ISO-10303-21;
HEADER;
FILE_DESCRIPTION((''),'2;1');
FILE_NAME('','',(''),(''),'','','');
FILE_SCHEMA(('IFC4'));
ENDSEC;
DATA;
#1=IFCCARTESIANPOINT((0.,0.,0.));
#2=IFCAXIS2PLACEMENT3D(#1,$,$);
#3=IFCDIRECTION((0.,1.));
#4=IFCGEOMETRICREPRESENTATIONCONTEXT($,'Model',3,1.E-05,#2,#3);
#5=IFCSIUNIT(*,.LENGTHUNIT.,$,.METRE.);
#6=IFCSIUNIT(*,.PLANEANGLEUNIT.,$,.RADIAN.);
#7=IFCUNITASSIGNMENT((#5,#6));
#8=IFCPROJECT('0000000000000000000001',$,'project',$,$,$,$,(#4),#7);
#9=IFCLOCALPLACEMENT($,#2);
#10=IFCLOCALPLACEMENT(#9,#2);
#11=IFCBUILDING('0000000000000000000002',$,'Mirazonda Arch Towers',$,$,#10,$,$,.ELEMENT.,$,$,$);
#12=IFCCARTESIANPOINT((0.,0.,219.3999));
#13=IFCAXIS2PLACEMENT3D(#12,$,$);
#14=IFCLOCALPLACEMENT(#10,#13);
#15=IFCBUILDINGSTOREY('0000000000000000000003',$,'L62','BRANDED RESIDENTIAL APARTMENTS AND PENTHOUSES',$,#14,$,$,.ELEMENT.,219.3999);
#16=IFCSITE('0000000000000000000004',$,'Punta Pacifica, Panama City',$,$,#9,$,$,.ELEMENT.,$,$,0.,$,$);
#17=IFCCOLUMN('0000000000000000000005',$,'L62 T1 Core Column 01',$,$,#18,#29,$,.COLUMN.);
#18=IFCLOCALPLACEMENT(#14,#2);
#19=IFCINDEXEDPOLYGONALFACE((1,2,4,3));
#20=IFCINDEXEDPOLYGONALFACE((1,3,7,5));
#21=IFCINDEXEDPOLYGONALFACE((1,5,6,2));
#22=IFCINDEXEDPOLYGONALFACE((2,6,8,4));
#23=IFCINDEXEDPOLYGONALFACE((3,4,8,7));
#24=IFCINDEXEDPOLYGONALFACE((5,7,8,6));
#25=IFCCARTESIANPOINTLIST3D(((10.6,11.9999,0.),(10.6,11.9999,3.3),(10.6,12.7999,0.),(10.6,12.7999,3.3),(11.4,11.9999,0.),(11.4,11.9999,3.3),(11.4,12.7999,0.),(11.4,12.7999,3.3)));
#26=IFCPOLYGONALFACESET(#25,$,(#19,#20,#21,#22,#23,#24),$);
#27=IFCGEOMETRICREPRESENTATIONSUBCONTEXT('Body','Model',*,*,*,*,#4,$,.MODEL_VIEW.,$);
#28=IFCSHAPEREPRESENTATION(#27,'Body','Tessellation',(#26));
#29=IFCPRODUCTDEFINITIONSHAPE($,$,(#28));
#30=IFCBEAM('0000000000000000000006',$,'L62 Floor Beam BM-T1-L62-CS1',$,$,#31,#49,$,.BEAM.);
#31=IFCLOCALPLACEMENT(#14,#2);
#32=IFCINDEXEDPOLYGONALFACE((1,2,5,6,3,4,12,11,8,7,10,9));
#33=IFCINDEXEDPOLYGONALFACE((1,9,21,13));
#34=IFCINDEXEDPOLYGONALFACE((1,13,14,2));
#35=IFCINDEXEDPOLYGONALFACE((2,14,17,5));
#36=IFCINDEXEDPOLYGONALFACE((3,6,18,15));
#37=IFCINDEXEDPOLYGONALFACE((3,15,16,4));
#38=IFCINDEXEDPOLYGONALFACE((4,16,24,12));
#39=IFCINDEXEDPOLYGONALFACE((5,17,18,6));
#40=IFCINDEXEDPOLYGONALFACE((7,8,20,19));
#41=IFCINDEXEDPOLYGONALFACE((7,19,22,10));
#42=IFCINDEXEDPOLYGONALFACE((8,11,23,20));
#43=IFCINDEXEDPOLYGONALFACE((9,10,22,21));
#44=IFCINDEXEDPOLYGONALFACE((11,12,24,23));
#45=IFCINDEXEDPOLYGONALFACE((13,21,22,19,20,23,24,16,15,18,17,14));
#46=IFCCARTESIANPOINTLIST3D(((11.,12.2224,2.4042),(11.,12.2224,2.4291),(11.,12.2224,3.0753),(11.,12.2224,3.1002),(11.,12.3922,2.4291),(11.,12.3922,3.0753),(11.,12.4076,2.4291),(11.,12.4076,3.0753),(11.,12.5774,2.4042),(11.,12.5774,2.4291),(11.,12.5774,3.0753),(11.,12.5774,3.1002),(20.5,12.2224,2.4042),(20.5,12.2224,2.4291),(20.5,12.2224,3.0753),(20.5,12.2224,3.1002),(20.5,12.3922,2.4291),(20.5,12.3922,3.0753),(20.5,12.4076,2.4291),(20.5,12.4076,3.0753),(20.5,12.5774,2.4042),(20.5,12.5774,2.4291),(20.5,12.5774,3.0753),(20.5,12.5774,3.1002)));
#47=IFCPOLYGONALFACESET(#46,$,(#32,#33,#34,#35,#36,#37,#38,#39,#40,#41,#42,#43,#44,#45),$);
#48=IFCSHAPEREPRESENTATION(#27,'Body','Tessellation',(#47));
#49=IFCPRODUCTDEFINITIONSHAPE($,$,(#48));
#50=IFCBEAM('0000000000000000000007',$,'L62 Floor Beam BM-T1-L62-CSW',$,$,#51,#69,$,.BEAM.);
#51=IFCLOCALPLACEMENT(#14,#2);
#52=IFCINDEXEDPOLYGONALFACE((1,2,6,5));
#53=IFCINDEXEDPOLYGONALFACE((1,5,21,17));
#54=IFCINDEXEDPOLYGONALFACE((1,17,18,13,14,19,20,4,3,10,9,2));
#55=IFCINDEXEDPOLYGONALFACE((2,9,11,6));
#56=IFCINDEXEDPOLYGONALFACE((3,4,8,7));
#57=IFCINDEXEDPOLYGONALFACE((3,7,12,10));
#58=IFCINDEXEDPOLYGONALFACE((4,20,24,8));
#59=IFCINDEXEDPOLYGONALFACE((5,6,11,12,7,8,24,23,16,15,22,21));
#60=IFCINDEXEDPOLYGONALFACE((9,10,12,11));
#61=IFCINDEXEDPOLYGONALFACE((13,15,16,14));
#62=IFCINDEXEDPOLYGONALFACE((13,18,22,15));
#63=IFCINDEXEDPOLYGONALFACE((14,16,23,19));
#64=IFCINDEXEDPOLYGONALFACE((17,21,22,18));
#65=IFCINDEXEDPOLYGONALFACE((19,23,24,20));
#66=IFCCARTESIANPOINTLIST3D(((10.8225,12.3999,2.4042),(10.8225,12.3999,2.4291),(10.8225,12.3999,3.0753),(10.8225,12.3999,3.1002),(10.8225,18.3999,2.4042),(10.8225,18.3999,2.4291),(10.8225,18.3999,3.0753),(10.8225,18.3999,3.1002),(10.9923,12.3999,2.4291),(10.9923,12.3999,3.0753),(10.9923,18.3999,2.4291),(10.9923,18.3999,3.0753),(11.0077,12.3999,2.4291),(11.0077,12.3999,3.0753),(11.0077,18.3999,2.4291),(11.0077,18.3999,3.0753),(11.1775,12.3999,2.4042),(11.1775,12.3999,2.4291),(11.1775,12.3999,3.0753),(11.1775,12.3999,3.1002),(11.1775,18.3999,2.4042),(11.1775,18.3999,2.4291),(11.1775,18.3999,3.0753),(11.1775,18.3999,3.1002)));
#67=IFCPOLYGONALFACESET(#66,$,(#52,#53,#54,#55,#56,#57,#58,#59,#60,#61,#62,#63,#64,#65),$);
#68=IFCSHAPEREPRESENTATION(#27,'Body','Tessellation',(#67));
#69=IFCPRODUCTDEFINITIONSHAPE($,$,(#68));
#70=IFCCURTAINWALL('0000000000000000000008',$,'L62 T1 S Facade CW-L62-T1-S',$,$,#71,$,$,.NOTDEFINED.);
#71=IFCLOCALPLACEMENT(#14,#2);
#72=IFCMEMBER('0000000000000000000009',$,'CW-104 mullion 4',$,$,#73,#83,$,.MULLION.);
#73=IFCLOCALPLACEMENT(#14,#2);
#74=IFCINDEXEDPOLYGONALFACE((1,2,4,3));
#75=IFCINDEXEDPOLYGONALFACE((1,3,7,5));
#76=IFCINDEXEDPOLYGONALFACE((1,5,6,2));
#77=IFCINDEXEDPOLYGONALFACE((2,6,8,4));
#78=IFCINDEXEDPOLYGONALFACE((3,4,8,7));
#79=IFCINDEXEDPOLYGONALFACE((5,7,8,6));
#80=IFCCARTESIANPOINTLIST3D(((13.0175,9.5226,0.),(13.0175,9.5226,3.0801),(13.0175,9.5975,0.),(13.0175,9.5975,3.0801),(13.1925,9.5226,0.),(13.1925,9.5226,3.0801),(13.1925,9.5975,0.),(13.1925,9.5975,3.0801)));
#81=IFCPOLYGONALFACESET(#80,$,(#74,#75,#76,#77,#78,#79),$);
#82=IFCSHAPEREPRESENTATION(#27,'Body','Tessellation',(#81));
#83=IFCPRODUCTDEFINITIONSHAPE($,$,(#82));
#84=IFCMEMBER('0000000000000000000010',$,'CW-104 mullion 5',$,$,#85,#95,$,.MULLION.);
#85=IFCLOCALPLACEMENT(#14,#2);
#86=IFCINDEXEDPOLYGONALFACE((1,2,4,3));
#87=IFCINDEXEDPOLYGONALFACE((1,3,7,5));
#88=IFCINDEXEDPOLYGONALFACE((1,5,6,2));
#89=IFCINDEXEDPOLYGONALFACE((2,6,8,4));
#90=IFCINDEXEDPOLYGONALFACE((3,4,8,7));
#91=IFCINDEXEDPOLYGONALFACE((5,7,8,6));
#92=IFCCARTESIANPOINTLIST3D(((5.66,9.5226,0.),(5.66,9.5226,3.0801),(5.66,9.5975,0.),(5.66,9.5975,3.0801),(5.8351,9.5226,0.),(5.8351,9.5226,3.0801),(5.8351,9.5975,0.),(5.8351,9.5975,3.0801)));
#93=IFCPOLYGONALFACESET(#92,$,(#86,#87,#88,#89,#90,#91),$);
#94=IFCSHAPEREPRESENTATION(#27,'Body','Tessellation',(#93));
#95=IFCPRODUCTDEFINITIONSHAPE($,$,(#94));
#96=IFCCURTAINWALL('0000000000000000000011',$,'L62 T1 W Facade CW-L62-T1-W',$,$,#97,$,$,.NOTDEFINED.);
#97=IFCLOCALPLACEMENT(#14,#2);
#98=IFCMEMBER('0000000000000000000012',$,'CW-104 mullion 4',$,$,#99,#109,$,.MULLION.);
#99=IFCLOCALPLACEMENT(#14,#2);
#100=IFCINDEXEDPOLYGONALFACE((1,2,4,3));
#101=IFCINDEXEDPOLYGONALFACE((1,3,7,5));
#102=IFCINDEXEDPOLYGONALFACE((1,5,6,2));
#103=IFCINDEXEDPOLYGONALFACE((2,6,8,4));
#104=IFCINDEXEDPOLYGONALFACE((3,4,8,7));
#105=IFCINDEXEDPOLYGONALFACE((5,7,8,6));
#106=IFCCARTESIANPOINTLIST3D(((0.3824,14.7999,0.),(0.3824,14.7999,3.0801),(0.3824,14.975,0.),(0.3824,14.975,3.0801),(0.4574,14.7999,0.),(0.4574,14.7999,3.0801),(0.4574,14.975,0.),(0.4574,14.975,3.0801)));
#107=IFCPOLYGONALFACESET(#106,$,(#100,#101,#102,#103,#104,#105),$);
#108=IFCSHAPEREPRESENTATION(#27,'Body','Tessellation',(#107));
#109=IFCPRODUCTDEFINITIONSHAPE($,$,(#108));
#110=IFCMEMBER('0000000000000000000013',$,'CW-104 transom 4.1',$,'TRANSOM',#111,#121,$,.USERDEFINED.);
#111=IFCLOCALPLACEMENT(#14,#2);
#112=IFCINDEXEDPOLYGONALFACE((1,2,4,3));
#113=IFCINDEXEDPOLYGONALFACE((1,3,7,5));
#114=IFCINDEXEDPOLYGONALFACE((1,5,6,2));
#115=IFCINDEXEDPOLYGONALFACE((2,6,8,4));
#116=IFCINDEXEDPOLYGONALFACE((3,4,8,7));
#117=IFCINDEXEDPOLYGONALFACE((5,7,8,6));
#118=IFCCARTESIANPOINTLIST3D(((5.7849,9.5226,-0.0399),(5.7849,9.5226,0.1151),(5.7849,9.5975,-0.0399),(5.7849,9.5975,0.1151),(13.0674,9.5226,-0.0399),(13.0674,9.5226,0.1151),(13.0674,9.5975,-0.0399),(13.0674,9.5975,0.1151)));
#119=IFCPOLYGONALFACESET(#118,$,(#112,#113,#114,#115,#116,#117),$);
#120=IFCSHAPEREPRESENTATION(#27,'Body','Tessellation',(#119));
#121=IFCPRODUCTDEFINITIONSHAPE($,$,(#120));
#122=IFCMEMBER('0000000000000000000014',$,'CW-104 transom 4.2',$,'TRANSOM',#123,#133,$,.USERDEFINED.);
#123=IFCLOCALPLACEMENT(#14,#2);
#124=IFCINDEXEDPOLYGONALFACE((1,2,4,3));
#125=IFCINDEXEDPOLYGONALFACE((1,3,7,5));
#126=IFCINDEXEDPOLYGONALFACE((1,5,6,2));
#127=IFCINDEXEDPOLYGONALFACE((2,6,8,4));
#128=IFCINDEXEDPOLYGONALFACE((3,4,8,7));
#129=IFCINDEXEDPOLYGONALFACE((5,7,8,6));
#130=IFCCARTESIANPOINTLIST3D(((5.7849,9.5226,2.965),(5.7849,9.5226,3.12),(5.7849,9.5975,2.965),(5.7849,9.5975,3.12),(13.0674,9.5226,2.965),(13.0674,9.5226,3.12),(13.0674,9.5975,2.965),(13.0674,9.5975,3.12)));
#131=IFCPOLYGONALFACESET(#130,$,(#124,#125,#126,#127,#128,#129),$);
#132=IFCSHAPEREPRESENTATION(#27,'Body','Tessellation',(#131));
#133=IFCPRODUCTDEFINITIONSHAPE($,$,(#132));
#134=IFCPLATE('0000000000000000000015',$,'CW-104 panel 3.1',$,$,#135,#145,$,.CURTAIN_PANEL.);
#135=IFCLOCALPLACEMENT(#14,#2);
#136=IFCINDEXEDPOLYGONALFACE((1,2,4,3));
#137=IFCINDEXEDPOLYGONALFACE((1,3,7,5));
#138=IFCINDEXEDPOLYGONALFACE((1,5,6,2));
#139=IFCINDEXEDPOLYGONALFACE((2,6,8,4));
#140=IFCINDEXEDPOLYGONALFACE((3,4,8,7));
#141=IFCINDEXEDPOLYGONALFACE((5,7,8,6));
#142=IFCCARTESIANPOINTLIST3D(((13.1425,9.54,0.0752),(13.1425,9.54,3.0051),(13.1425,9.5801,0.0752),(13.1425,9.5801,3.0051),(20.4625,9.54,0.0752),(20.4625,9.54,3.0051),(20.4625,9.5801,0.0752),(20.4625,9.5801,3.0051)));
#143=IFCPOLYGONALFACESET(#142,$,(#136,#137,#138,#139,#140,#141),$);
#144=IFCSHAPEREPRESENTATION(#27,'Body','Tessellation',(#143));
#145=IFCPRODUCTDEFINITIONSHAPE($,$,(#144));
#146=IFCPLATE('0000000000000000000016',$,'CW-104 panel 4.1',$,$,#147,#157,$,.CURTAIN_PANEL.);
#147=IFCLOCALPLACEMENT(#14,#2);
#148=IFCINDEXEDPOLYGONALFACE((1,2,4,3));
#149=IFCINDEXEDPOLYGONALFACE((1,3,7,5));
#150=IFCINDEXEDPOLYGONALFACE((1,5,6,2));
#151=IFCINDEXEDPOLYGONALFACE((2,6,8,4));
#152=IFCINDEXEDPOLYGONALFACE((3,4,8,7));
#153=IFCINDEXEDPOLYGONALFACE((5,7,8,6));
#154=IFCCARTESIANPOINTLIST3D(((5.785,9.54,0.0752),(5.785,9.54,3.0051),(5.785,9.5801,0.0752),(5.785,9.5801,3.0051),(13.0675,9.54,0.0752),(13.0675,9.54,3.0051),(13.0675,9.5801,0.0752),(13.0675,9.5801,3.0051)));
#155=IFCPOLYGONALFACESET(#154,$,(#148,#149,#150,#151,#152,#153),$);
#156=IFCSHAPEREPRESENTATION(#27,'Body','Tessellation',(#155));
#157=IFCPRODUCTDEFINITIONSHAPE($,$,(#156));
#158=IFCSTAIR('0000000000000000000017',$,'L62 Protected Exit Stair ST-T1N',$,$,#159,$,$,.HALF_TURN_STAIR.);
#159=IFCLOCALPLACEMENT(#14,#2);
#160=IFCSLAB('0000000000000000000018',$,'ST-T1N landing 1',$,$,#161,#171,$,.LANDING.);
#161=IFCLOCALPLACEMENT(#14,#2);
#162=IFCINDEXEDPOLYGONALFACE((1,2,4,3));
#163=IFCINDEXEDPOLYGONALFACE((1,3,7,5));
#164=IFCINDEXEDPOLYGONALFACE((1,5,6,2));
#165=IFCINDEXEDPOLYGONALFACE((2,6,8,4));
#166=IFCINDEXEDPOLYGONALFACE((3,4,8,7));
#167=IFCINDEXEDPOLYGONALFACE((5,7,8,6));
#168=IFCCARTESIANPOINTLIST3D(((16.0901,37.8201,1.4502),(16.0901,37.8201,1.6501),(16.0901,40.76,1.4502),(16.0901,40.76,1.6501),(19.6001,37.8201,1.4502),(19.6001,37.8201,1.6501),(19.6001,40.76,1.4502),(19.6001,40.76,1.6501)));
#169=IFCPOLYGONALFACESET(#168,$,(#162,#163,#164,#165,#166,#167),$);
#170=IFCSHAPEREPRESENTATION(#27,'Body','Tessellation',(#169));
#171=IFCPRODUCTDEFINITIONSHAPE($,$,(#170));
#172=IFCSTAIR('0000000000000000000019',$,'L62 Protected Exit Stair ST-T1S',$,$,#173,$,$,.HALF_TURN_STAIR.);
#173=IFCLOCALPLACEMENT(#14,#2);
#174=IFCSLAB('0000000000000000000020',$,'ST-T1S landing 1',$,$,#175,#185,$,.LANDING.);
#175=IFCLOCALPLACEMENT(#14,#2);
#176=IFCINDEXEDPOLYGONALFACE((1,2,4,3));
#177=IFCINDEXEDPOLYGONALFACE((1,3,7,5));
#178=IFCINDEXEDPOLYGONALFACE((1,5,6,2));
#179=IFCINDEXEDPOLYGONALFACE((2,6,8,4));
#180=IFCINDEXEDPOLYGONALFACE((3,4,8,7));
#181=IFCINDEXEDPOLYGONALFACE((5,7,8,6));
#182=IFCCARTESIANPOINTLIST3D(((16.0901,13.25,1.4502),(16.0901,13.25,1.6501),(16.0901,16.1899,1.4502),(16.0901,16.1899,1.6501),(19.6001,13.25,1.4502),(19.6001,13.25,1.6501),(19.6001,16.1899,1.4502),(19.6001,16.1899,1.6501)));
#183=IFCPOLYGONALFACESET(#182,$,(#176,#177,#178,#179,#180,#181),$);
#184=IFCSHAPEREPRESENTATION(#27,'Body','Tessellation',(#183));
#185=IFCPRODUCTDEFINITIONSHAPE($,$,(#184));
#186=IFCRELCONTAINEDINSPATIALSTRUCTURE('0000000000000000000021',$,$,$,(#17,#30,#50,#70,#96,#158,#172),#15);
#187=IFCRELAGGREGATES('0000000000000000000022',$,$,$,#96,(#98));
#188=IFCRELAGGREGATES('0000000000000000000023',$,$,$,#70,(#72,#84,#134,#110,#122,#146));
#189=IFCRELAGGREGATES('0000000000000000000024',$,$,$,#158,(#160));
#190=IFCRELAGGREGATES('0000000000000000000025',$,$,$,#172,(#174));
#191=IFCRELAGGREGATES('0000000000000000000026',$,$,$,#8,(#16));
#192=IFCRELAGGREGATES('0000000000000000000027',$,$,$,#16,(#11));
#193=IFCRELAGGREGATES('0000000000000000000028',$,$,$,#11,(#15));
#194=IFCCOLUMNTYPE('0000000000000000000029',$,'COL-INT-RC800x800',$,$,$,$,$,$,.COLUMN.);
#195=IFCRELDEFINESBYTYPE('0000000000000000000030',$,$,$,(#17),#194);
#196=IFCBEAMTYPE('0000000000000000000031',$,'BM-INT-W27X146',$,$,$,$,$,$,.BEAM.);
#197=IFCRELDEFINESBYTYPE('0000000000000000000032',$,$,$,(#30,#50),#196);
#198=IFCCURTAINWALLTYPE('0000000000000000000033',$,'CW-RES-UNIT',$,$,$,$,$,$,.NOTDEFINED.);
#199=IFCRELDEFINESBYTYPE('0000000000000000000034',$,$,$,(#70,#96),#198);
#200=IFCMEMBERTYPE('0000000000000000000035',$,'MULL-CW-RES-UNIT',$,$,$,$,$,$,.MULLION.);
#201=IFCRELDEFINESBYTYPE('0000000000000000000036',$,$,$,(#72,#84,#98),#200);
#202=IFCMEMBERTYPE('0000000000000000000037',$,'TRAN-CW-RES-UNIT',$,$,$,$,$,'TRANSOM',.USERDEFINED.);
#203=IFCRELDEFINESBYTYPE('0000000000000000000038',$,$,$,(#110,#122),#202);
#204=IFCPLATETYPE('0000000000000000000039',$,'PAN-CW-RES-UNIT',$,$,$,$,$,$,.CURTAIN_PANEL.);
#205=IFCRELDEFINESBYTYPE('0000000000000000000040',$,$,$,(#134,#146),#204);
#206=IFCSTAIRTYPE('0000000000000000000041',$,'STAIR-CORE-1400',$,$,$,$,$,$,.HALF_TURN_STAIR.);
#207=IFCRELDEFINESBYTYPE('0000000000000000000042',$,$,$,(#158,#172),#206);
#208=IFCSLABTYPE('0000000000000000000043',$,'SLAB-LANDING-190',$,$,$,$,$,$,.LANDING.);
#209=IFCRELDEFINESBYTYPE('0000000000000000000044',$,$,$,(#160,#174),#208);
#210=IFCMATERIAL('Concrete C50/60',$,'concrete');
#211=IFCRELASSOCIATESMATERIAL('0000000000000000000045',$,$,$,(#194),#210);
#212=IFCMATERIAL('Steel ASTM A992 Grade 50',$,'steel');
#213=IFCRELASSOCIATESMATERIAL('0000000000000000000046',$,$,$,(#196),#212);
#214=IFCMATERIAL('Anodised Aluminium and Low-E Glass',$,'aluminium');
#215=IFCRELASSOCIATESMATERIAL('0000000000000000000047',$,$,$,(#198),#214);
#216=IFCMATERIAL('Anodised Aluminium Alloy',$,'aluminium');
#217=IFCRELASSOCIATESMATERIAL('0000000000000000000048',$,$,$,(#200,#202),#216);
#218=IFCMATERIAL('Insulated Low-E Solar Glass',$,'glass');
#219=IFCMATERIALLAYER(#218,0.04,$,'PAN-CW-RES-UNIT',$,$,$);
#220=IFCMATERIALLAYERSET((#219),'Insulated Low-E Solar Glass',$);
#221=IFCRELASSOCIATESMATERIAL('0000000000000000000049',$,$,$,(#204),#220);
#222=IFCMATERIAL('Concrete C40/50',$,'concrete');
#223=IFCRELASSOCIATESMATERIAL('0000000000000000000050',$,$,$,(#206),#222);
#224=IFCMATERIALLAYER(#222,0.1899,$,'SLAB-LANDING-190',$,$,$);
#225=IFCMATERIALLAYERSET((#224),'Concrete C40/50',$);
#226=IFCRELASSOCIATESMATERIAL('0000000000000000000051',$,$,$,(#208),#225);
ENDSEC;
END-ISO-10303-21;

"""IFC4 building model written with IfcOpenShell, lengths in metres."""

from ifc_helpers import new_model, si_unit, direction, frame, origin, origin_2d, place, context, subcontext, project, spatial, polyline, rectangle, i_section, outline, extrude, material, layer, layer_set, material_profile, profile_set, type_object, element, aggregate, save


model = new_model("IFC4")

# Units and contexts
model_context = context("Model", 3, precision=1e-05, world=origin(), true_north=direction((0.0, 1.0)))
body_context = subcontext(model_context, "Body", "Model", "MODEL_VIEW")
ifc_project = project(units=[si_unit("LENGTHUNIT", "METRE"), si_unit("PLANEANGLEUNIT", "RADIAN")], contexts=[model_context])

# Site, building, storey
site_placement = place(None, origin())
site = spatial("IfcSite", under=ifc_project, at=site_placement, Name="Punta Pacifica, Panama City", CompositionType="ELEMENT", RefElevation=0.0)
building_placement = place(site_placement, origin())
building = spatial("IfcBuilding", under=site, at=building_placement, Name="Mirazonda Arch Towers", CompositionType="ELEMENT")
storey_placement = place(building_placement, frame((0.0, 0.0, 219.3999)))
storey = spatial("IfcBuildingStorey", under=building, at=storey_placement, Name="L62", Description="BRANDED RESIDENTIAL APARTMENTS AND PENTHOUSES", CompositionType="ELEMENT", Elevation=219.3999)

# Column
ifc_material_1 = material(Name="Concrete C50/60", Category="concrete")
ifc_material_profile_1 = material_profile(ifc_material_1, rectangle(XDim=0.8, YDim=0.8, at=origin_2d()), Name="RC800x800")
ifc_profile_set_1 = profile_set([ifc_material_profile_1], Name="Concrete C50/60")
column_type = type_object("IfcColumnType", Name="COL-INT-RC800x800", PredefinedType="COLUMN", material=ifc_profile_set_1)
column_placement = place(storey_placement, frame((11.0, 12.3999, 0.0), z_axis=(0.0, 0.0, 1.0), x_axis=(1.0, 0.0, 0.0)))
element("IfcColumn", 1, at=column_placement, inside=storey, type_object=column_type, Name="L62 T1 Core Column 01", PredefinedType="COLUMN", context=body_context, shape_type="SweptSolid", body=[
    extrude(rectangle(XDim=0.8, YDim=0.8, at=origin_2d()), origin(), (0.0, 0.0, 1.0), 3.3),
])

# Beams
ifc_material_2 = material(Name="Steel ASTM A992 Grade 50", Category="steel")
ifc_material_profile_2 = material_profile(ifc_material_2, i_section(OverallWidth=0.355, OverallDepth=0.696, WebThickness=0.0154, FlangeThickness=0.0249, at=origin_2d()), Name="W27X146")
ifc_profile_set_2 = profile_set([ifc_material_profile_2], Name="Steel ASTM A992 Grade 50")
beam_type = type_object("IfcBeamType", Name="BM-INT-W27X146", PredefinedType="BEAM", material=ifc_profile_set_2)
beam_1_placement = place(storey_placement, frame((11.0, 12.3999, 2.7522), z_axis=(1.0, 0.0, 0.0), x_axis=(0.0, 1.0, 0.0)))
element("IfcBeam", 2, at=beam_1_placement, inside=storey, type_object=beam_type, Name="L62 Floor Beam BM-T1-L62-CS1", PredefinedType="BEAM", context=body_context, shape_type="SweptSolid", body=[
    extrude(i_section(OverallWidth=0.355, OverallDepth=0.696, WebThickness=0.0154, FlangeThickness=0.0249, at=origin_2d()), origin(), (0.0, 0.0, 1.0), 9.5),
])
beam_2_placement = place(storey_placement, frame((11.0, 12.3999, 2.7522), z_axis=(0.0, 1.0, 0.0), x_axis=(-1.0, 0.0, 0.0)))
element("IfcBeam", 3, at=beam_2_placement, inside=storey, type_object=beam_type, Name="L62 Floor Beam BM-T1-L62-CSW", PredefinedType="BEAM", context=body_context, shape_type="SweptSolid", body=[
    extrude(i_section(OverallWidth=0.355, OverallDepth=0.696, WebThickness=0.0154, FlangeThickness=0.0249, at=origin_2d()), origin(), (0.0, 0.0, 1.0), 6.0),
])

# Curtain wall, members
ifc_material_3 = material(Name="Anodised Aluminium and Low-E Glass", Category="aluminium")
curtain_wall_type = type_object("IfcCurtainWallType", Name="CW-RES-UNIT", PredefinedType="NOTDEFINED", material=ifc_material_3)
curtain_wall_1_placement = place(storey_placement, origin())
curtain_wall_1 = element("IfcCurtainWall", 4, at=curtain_wall_1_placement, inside=storey, type_object=curtain_wall_type, Name="L62 T1 S Facade CW-L62-T1-S", PredefinedType="NOTDEFINED")
ifc_material_4 = material(Name="Anodised Aluminium Alloy", Category="aluminium")
ifc_material_profile_3 = material_profile(ifc_material_4, rectangle(XDim=0.075, YDim=0.175, at=origin_2d()), Name="ALU-MULL-75x175")
ifc_profile_set_3 = profile_set([ifc_material_profile_3], Name="Anodised Aluminium Alloy")
member_type_1 = type_object("IfcMemberType", Name="MULL-CW-RES-UNIT", PredefinedType="MULLION", material=ifc_profile_set_3)
member_1_placement = place(storey_placement, frame((13.105, 9.5601, 0.0), z_axis=(0.0, 0.0, 1.0), x_axis=(0.0, -1.0, 0.0)))
member_1 = element("IfcMember", 5, at=member_1_placement, type_object=member_type_1, Name="CW-104 mullion 4", PredefinedType="MULLION", context=body_context, shape_type="SweptSolid", body=[
    extrude(rectangle(XDim=0.075, YDim=0.175, at=origin_2d()), origin(), (0.0, 0.0, 1.0), 3.0801),
])
member_2_placement = place(storey_placement, frame((5.7476, 9.5601, 0.0), z_axis=(0.0, 0.0, 1.0), x_axis=(0.0, -1.0, 0.0)))
member_2 = element("IfcMember", 6, at=member_2_placement, type_object=member_type_1, Name="CW-104 mullion 5", PredefinedType="MULLION", context=body_context, shape_type="SweptSolid", body=[
    extrude(rectangle(XDim=0.075, YDim=0.175, at=origin_2d()), origin(), (0.0, 0.0, 1.0), 3.0801),
])

# Curtain wall, member
curtain_wall_2_placement = place(storey_placement, origin())
curtain_wall_2 = element("IfcCurtainWall", 7, at=curtain_wall_2_placement, inside=storey, type_object=curtain_wall_type, Name="L62 T1 W Facade CW-L62-T1-W", PredefinedType="NOTDEFINED")
member_3_placement = place(storey_placement, frame((0.4199, 14.8875, 0.0), z_axis=(0.0, 0.0, 1.0), x_axis=(1.0, 0.0, 0.0)))
member_3 = element("IfcMember", 8, at=member_3_placement, type_object=member_type_1, Name="CW-104 mullion 4", PredefinedType="MULLION", context=body_context, shape_type="SweptSolid", body=[
    extrude(rectangle(XDim=0.075, YDim=0.175, at=origin_2d()), origin(), (0.0, 0.0, 1.0), 3.0801),
])
aggregate(curtain_wall_2, [member_3])

# Members
ifc_material_profile_4 = material_profile(ifc_material_4, rectangle(XDim=0.075, YDim=0.155, at=origin_2d()), Name="ALU-TRAN-75x155")
ifc_profile_set_4 = profile_set([ifc_material_profile_4], Name="Anodised Aluminium Alloy")
member_type_2 = type_object("IfcMemberType", Name="TRAN-CW-RES-UNIT", ElementType="TRANSOM", PredefinedType="USERDEFINED", material=ifc_profile_set_4)
member_4_placement = place(storey_placement, frame((13.0674, 9.5601, 0.0376), z_axis=(-1.0, 0.0, 0.0), x_axis=(0.0, -1.0, 0.0)))
member_4 = element("IfcMember", 9, at=member_4_placement, type_object=member_type_2, Name="CW-104 transom 4.1", ObjectType="TRANSOM", PredefinedType="USERDEFINED", context=body_context, shape_type="SweptSolid", body=[
    extrude(rectangle(XDim=0.075, YDim=0.155, at=origin_2d()), origin(), (0.0, 0.0, 1.0), 7.2825),
])
member_5_placement = place(storey_placement, frame((13.0674, 9.5601, 3.0425), z_axis=(-1.0, 0.0, 0.0), x_axis=(0.0, -1.0, 0.0)))
member_5 = element("IfcMember", 10, at=member_5_placement, type_object=member_type_2, Name="CW-104 transom 4.2", ObjectType="TRANSOM", PredefinedType="USERDEFINED", context=body_context, shape_type="SweptSolid", body=[
    extrude(rectangle(XDim=0.075, YDim=0.155, at=origin_2d()), origin(), (0.0, 0.0, 1.0), 7.2825),
])

# Plates
ifc_material_5 = material(Name="Insulated Low-E Solar Glass", Category="glass")
ifc_layer_1 = layer(ifc_material_5, 0.04, Name="PAN-CW-RES-UNIT")
ifc_layer_set_1 = layer_set([ifc_layer_1], Name="Insulated Low-E Solar Glass")
plate_type = type_object("IfcPlateType", Name="PAN-CW-RES-UNIT", PredefinedType="CURTAIN_PANEL", material=ifc_layer_set_1)
plate_1_placement = place(storey_placement, frame((16.8025, 9.5601, 0.0752), z_axis=(0.0, 0.0, 1.0), x_axis=(-1.0, 0.0, 0.0)))
plate_1 = element("IfcPlate", 11, at=plate_1_placement, type_object=plate_type, Name="CW-104 panel 3.1", PredefinedType="CURTAIN_PANEL", context=body_context, shape_type="SweptSolid", body=[
    extrude(rectangle(XDim=7.3201, YDim=0.04, at=origin_2d()), origin(), (0.0, 0.0, 1.0), 2.9299),
])
plate_2_placement = place(storey_placement, frame((9.4263, 9.5601, 0.0752), z_axis=(0.0, 0.0, 1.0), x_axis=(-1.0, 0.0, 0.0)))
plate_2 = element("IfcPlate", 12, at=plate_2_placement, type_object=plate_type, Name="CW-104 panel 4.1", PredefinedType="CURTAIN_PANEL", context=body_context, shape_type="SweptSolid", body=[
    extrude(rectangle(XDim=7.2825, YDim=0.04, at=origin_2d()), origin(), (0.0, 0.0, 1.0), 2.9299),
])
aggregate(curtain_wall_1, [member_1, member_2, plate_1, member_4, member_5, plate_2])

# Stairs, slabs
ifc_material_6 = material(Name="Concrete C40/50", Category="concrete")
stair_type = type_object("IfcStairType", Name="STAIR-CORE-1400", PredefinedType="HALF_TURN_STAIR", material=ifc_material_6)
stair_1_placement = place(storey_placement, origin())
stair_1 = element("IfcStair", 13, at=stair_1_placement, inside=storey, type_object=stair_type, Name="L62 Protected Exit Stair ST-T1N", PredefinedType="HALF_TURN_STAIR")
ifc_layer_2 = layer(ifc_material_6, 0.1899, Name="SLAB-LANDING-190")
ifc_layer_set_2 = layer_set([ifc_layer_2], Name="Concrete C40/50")
slab_type_1 = type_object("IfcSlabType", Name="SLAB-LANDING-190", PredefinedType="LANDING", material=ifc_layer_set_2)
slab_1_placement = place(storey_placement, frame((0.0, 0.0, 1.4502)))
slab_1 = element("IfcSlab", 14, at=slab_1_placement, type_object=slab_type_1, Name="ST-T1N landing 1", PredefinedType="LANDING", context=body_context, shape_type="SweptSolid", body=[
    extrude(outline(polyline([(16.0901, 37.8201), (19.6001, 37.8201), (19.6001, 40.76), (16.0901, 40.76), (16.0901, 37.8201)])), origin(), (0.0, 0.0, 1.0), 0.2),
])
aggregate(stair_1, [slab_1])
stair_2_placement = place(storey_placement, origin())
stair_2 = element("IfcStair", 15, at=stair_2_placement, inside=storey, type_object=stair_type, Name="L62 Protected Exit Stair ST-T1S", PredefinedType="HALF_TURN_STAIR")
slab_2_placement = place(storey_placement, frame((0.0, 0.0, 1.4502)))
slab_2 = element("IfcSlab", 16, at=slab_2_placement, type_object=slab_type_1, Name="ST-T1S landing 1", PredefinedType="LANDING", context=body_context, shape_type="SweptSolid", body=[
    extrude(outline(polyline([(16.0901, 13.25), (19.6001, 13.25), (19.6001, 16.1899), (16.0901, 16.1899), (16.0901, 13.25)])), origin(), (0.0, 0.0, 1.0), 0.2),
])

aggregate(stair_2, [slab_2])

save(model, "model.ifc")
